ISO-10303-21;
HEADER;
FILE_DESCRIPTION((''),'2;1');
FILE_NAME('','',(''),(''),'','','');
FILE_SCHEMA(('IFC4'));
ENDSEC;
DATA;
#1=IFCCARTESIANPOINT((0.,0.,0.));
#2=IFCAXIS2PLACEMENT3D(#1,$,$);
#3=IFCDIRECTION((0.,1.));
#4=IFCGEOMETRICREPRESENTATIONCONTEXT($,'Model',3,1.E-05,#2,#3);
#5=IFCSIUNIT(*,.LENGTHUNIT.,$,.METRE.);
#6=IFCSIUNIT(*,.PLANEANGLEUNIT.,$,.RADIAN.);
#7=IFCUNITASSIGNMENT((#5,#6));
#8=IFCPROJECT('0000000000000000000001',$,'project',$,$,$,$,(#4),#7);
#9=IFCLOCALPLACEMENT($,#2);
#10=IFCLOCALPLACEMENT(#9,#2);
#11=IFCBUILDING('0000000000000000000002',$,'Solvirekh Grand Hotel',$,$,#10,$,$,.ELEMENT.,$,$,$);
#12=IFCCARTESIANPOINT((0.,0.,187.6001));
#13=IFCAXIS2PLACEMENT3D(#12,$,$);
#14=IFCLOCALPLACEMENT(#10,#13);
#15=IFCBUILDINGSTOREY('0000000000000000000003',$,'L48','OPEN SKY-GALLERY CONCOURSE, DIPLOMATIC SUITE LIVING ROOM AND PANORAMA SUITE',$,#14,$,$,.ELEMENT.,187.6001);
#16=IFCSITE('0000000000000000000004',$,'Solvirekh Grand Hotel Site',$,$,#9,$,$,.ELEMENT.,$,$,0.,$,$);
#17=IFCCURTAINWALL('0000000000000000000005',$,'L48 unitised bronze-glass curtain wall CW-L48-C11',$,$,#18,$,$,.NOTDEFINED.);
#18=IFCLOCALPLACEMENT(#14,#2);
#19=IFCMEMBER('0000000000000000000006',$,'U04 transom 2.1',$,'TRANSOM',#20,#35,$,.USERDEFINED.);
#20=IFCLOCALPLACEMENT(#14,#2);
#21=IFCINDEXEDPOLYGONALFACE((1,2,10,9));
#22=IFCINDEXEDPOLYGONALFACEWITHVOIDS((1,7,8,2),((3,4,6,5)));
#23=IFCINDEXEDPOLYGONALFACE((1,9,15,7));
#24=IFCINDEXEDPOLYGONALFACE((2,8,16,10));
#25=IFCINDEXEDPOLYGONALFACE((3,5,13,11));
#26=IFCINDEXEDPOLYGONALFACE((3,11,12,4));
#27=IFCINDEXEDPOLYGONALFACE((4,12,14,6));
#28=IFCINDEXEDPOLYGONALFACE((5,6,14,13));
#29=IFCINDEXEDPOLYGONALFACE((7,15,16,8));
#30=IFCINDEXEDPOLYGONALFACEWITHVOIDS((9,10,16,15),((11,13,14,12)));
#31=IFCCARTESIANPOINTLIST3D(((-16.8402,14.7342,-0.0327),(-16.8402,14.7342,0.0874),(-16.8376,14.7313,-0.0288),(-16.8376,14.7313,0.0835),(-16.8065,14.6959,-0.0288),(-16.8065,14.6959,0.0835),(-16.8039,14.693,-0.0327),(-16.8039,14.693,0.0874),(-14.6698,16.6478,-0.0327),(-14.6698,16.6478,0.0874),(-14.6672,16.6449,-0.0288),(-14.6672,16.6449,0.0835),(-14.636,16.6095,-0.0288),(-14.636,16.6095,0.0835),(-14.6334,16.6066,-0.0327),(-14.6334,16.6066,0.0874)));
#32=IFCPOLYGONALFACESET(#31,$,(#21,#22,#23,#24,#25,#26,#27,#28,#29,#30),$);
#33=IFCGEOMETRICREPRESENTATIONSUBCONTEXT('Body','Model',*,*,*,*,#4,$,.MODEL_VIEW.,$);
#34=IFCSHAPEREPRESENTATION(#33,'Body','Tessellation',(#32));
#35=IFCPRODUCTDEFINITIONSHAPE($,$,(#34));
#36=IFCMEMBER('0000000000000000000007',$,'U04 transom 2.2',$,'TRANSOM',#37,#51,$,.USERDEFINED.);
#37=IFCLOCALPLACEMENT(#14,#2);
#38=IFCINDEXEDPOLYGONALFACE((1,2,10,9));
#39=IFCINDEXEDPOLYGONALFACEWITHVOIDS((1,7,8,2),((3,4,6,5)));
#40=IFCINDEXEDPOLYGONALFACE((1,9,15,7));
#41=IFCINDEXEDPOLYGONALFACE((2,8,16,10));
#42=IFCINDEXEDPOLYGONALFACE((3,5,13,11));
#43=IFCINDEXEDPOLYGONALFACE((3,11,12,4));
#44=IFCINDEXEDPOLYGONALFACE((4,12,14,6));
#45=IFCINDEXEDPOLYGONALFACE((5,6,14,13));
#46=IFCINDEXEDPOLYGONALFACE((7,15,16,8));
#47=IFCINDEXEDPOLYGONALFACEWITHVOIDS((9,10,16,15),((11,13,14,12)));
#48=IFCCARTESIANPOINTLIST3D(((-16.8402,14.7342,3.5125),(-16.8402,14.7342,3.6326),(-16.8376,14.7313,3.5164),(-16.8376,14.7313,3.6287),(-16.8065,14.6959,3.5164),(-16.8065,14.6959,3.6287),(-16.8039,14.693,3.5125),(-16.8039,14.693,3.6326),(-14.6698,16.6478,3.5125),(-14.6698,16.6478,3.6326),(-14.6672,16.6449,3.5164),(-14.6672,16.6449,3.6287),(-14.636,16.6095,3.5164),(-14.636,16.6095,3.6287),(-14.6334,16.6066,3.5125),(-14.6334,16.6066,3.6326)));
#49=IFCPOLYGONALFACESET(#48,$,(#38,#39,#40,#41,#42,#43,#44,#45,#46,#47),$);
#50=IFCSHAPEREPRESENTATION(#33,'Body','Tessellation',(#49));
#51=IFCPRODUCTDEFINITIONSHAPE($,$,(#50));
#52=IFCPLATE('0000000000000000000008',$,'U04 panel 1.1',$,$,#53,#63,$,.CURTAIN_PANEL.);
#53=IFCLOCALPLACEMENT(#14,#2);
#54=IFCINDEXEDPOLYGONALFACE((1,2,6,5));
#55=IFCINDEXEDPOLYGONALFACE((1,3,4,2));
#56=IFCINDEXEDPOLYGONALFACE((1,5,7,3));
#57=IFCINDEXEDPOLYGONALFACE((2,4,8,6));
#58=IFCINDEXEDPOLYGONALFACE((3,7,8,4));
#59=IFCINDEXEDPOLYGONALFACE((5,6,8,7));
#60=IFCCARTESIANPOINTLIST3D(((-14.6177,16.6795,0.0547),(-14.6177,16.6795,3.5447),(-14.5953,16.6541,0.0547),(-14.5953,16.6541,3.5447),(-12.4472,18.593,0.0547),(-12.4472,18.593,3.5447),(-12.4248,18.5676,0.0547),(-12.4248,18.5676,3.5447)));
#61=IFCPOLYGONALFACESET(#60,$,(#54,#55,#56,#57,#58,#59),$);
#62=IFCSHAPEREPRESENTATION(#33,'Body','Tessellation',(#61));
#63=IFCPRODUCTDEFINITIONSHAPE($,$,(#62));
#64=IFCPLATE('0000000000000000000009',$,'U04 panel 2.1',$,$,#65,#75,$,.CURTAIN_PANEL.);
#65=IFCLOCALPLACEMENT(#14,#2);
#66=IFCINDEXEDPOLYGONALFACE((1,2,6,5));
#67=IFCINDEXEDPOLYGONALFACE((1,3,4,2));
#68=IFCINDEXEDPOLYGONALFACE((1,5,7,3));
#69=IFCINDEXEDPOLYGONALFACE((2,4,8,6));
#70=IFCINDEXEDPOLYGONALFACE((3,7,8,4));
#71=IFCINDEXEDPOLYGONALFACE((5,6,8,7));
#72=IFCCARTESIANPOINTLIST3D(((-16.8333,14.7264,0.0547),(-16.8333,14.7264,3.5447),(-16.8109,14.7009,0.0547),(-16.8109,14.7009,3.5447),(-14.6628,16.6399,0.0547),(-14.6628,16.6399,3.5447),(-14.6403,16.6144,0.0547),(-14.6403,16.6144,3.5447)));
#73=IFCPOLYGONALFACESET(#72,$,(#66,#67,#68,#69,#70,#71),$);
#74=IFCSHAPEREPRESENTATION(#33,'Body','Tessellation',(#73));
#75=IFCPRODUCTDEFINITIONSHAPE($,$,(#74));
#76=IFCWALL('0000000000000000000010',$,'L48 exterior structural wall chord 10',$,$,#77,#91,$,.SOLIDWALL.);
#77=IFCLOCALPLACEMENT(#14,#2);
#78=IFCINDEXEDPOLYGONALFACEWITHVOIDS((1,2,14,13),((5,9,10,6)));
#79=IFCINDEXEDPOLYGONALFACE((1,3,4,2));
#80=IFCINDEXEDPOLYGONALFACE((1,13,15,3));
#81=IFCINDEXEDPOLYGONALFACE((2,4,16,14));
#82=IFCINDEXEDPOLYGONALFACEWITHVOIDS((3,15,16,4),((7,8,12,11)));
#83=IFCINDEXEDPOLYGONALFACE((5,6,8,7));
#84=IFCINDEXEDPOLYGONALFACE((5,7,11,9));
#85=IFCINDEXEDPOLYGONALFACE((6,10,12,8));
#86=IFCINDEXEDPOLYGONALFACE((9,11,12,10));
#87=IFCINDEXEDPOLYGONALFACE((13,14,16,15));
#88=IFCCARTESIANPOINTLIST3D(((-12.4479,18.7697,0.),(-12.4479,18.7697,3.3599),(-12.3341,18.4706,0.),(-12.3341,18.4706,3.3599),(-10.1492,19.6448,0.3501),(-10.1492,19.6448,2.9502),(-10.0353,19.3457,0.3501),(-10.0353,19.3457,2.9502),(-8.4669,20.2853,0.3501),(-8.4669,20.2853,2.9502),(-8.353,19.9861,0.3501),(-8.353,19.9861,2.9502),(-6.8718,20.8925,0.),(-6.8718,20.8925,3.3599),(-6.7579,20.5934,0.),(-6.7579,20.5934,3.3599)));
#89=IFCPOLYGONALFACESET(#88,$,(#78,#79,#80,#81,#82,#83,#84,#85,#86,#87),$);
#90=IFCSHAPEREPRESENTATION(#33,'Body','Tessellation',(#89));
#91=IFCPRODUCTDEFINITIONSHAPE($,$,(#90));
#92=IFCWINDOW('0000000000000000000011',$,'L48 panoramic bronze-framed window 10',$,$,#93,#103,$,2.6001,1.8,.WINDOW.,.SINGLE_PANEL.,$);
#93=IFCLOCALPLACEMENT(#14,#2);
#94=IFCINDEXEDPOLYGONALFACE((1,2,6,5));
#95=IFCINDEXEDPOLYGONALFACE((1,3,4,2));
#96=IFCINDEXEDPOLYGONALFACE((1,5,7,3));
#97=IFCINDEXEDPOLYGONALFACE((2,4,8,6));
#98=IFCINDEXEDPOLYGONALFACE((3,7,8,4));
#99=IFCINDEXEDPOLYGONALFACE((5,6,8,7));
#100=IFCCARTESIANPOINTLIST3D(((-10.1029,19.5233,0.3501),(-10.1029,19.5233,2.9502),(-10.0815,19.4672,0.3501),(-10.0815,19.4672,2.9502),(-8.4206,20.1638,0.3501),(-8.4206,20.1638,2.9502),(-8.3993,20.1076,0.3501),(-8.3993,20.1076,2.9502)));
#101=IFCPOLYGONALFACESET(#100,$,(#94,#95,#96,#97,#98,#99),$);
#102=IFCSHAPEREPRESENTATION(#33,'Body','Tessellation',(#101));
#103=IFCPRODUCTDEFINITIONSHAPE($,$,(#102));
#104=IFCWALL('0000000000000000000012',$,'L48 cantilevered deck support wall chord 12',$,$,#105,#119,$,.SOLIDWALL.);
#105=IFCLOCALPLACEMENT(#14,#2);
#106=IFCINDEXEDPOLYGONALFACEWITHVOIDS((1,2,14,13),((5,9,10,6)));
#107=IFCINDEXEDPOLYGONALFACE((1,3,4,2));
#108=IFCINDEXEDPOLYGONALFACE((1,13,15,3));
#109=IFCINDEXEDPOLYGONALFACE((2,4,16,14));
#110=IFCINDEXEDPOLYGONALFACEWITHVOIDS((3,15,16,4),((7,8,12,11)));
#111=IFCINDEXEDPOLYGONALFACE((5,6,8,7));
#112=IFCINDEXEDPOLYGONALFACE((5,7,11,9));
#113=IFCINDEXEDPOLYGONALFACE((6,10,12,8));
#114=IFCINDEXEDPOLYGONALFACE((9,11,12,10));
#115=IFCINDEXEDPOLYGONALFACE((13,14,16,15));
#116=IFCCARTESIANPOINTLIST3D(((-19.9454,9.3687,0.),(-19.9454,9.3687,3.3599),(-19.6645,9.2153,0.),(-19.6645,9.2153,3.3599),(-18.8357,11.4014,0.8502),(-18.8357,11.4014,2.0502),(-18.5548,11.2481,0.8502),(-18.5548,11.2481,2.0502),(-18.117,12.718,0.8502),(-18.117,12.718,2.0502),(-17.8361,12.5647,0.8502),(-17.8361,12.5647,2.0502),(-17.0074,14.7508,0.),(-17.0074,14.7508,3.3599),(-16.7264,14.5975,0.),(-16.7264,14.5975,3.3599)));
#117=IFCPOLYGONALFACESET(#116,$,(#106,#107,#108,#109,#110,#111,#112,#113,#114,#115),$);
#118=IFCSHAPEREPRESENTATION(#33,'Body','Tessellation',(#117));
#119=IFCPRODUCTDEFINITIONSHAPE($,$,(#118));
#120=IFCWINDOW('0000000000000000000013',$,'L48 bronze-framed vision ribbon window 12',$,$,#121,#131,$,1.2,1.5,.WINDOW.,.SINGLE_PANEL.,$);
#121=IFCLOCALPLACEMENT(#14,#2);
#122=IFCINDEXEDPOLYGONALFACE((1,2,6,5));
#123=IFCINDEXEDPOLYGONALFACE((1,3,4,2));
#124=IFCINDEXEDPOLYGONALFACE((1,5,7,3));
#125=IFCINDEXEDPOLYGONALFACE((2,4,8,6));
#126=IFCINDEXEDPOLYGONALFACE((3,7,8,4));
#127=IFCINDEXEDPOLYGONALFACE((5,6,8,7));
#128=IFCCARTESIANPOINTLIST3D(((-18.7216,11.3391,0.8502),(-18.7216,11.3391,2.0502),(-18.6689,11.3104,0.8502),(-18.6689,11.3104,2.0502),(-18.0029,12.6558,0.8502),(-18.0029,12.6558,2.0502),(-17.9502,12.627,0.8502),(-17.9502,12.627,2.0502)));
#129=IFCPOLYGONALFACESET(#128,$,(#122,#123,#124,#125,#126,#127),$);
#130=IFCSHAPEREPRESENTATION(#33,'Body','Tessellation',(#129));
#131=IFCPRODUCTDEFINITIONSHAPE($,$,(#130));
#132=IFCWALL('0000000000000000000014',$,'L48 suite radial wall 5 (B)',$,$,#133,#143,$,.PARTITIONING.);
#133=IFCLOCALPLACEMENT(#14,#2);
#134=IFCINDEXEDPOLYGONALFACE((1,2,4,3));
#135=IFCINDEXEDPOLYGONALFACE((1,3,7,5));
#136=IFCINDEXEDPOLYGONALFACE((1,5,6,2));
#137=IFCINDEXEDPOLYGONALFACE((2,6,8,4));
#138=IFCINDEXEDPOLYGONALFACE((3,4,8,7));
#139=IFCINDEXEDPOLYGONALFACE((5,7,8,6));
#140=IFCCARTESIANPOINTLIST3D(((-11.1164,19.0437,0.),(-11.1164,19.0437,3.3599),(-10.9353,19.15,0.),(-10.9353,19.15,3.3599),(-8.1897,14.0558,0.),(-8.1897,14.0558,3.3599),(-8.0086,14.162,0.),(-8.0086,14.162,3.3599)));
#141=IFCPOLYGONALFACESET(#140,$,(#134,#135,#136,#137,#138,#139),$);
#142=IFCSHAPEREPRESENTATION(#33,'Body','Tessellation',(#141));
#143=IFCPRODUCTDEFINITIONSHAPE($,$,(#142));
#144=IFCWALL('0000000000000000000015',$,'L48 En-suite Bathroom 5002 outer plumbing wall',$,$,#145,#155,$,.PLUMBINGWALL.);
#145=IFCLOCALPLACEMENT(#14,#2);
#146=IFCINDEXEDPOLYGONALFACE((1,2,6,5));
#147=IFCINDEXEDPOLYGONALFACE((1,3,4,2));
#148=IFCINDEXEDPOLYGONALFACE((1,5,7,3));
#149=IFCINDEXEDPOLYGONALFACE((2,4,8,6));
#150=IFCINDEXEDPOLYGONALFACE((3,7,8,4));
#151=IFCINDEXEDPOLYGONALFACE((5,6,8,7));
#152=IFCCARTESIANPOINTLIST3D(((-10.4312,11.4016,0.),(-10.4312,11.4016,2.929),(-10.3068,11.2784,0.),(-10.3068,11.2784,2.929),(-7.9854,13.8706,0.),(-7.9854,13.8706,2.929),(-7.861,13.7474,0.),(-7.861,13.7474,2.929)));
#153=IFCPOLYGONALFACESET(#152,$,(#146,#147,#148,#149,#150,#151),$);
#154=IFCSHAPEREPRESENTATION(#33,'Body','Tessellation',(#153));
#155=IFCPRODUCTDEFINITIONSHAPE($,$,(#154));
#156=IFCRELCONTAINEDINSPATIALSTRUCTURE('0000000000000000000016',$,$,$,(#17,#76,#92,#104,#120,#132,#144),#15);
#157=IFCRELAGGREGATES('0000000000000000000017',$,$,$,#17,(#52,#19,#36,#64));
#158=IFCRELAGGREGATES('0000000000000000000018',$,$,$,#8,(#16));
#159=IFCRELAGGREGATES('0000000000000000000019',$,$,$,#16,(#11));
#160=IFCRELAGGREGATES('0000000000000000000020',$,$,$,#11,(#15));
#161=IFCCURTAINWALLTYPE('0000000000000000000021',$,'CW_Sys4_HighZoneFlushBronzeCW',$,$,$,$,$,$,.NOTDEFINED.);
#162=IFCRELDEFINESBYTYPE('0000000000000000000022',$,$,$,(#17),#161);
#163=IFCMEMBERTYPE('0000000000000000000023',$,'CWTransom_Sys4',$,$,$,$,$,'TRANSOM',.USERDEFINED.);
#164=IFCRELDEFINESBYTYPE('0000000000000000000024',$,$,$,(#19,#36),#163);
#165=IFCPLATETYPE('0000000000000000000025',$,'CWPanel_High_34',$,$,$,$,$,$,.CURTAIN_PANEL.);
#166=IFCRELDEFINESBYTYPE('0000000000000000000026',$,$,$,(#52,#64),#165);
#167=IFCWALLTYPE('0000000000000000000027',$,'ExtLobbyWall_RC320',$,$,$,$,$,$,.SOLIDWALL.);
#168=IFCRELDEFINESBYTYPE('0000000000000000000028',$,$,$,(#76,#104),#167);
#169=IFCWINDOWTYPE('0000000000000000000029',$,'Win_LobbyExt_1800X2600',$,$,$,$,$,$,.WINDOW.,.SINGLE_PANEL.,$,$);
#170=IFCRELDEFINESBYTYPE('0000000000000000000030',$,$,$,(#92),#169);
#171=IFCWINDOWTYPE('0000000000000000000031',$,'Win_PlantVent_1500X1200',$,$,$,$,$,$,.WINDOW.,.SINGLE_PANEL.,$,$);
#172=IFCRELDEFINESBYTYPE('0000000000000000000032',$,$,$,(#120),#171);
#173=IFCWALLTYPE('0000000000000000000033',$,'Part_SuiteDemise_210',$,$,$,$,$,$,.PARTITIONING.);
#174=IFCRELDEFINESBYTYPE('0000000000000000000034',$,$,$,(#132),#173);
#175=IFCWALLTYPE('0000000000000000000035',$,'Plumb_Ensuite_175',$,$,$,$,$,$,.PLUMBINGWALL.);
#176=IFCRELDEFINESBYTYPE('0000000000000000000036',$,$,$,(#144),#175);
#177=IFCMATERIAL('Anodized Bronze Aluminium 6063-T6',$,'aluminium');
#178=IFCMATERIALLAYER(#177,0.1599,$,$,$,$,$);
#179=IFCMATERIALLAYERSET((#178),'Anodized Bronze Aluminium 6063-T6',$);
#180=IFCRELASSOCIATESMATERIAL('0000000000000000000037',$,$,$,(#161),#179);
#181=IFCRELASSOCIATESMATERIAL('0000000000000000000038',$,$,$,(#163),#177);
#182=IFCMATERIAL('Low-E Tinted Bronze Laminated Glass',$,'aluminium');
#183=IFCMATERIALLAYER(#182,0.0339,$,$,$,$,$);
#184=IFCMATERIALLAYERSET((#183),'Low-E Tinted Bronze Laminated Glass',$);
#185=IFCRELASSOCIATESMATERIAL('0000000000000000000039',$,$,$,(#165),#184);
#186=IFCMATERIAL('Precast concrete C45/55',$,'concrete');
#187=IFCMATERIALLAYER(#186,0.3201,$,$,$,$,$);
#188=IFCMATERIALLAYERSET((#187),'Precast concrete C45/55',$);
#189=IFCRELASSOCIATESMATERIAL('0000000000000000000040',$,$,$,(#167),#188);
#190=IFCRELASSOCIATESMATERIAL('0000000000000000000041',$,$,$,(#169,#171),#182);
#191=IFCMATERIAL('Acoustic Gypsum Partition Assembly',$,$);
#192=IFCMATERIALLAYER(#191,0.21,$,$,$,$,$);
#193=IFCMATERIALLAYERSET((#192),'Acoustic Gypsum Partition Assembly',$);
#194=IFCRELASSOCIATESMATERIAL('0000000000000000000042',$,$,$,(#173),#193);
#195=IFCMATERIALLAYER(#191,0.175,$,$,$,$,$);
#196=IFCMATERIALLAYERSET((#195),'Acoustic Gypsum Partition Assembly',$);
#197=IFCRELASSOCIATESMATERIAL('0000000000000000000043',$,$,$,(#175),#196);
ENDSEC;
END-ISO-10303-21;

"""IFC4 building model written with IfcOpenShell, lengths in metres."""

from ifc_helpers import new_model, si_unit, direction, frame, frame_2d, origin, origin_2d, place, context, subcontext, project, spatial, rectangle, hollow_rectangle, extrude, source, transform, mapped, material, layer, layer_set, material_profile, profile_set, type_object, element, fill, aggregate, save


model = new_model("IFC4")

# Units and contexts
model_context = context("Model", 3, precision=1e-05, world=origin(), true_north=direction((0.0, 1.0)))
body_context = subcontext(model_context, "Body", "Model", "MODEL_VIEW")
ifc_project = project(units=[si_unit("LENGTHUNIT", "METRE"), si_unit("PLANEANGLEUNIT", "RADIAN")], contexts=[model_context])

# Site, building, storey
site_placement = place(None, origin())
site = spatial("IfcSite", under=ifc_project, at=site_placement, Name="Solvirekh Grand Hotel Site", CompositionType="ELEMENT", RefElevation=0.0)
building_placement = place(site_placement, origin())
building = spatial("IfcBuilding", under=site, at=building_placement, Name="Solvirekh Grand Hotel", CompositionType="ELEMENT")
storey_placement = place(building_placement, frame((0.0, 0.0, 187.6001)))
storey = spatial("IfcBuildingStorey", under=building, at=storey_placement, Name="L48", Description="OPEN SKY-GALLERY CONCOURSE, DIPLOMATIC SUITE LIVING ROOM AND PANORAMA SUITE", CompositionType="ELEMENT", Elevation=187.6001)

# Curtain wall, members, plates
ifc_material_1 = material(Name="Anodized Bronze Aluminium 6063-T6", Category="aluminium")
ifc_layer_1 = layer(ifc_material_1, 0.1599)
ifc_layer_set_1 = layer_set([ifc_layer_1], Name="Anodized Bronze Aluminium 6063-T6")
curtain_wall_type = type_object("IfcCurtainWallType", Name="CW_Sys4_HighZoneFlushBronzeCW", PredefinedType="NOTDEFINED", material=ifc_layer_set_1)
curtain_wall_placement = place(storey_placement, origin())
curtain_wall = element("IfcCurtainWall", 1, at=curtain_wall_placement, inside=storey, type_object=curtain_wall_type, Name="L48 unitised bronze-glass curtain wall CW-L48-C11", PredefinedType="NOTDEFINED")
ifc_material_profile_1 = material_profile(ifc_material_1, hollow_rectangle(XDim=0.0549, YDim=0.1201, WallThickness=0.0039, at=origin_2d()), Name="ALU RHS 120X55X4")
ifc_profile_set_1 = profile_set([ifc_material_profile_1], Name="Anodized Bronze Aluminium 6063-T6")
member_type_1 = type_object("IfcMemberType", Name="CWTransom_Sys4", ElementType="TRANSOM", PredefinedType="USERDEFINED", material=ifc_profile_set_1)
shared_shape_1 = source(origin(), body_context, "Body", "SweptSolid", [
    extrude(hollow_rectangle(XDim=0.0549, YDim=0.1201, WallThickness=0.0039, at=origin_2d()), origin(), (0.0, 0.0, 1.0), 2.8936),
])
member_1_placement = place(storey_placement, frame((-14.6516, 16.6272, 0.0273), z_axis=(-0.750094, -0.661331, 0.0), x_axis=(0.661331, -0.750094, 0.0)))
member_1 = element("IfcMember", 2, at=member_1_placement, type_object=member_type_1, Name="U04 transom 2.1", ObjectType="TRANSOM", PredefinedType="USERDEFINED", context=body_context, shape_type="MappedRepresentation", body=[
    mapped(shared_shape_1, transform((0.0, 0.0, 0.0), x_axis=(1.0, 0.0, 0.0), y_axis=(0.0, 1.0, 0.0), z_axis=(0.0, 0.0, 1.0), scale=1.0)),
])
member_2_placement = place(storey_placement, frame((-14.6516, 16.6272, 3.5725), z_axis=(-0.750094, -0.661331, 0.0), x_axis=(0.661331, -0.750094, 0.0)))
member_2 = element("IfcMember", 3, at=member_2_placement, type_object=member_type_1, Name="U04 transom 2.2", ObjectType="TRANSOM", PredefinedType="USERDEFINED", context=body_context, shape_type="MappedRepresentation", body=[
    mapped(shared_shape_1, transform((0.0, 0.0, 0.0), x_axis=(1.0, 0.0, 0.0), y_axis=(0.0, 1.0, 0.0), z_axis=(0.0, 0.0, 1.0), scale=1.0)),
])
ifc_material_2 = material(Name="Low-E Tinted Bronze Laminated Glass", Category="aluminium")
ifc_layer_2 = layer(ifc_material_2, 0.0339)
ifc_layer_set_2 = layer_set([ifc_layer_2], Name="Low-E Tinted Bronze Laminated Glass")
plate_type = type_object("IfcPlateType", Name="CWPanel_High_34", PredefinedType="CURTAIN_PANEL", material=ifc_layer_set_2)
shared_shape_2 = source(origin(), body_context, "Body", "SweptSolid", [
    extrude(rectangle(XDim=2.8936, YDim=0.0339, at=origin_2d()), origin(), (0.0, 0.0, 1.0), 3.49),
])
plate_1_placement = place(storey_placement, frame((-13.5212, 17.6235, 0.0547), z_axis=(0.0, 0.0, 1.0), x_axis=(-0.750121, -0.6613, 0.0)))
plate_1 = element("IfcPlate", 4, at=plate_1_placement, type_object=plate_type, Name="U04 panel 1.1", PredefinedType="CURTAIN_PANEL", context=body_context, shape_type="MappedRepresentation", body=[
    mapped(shared_shape_2, transform((0.0, 0.0, 0.0), x_axis=(1.0, 0.0, 0.0), y_axis=(0.0, 1.0, 0.0), z_axis=(0.0, 0.0, 1.0), scale=1.0)),
])
plate_2_placement = place(storey_placement, frame((-15.7368, 15.6704, 0.0547), z_axis=(0.0, 0.0, 1.0), x_axis=(-0.750121, -0.6613, 0.0)))
plate_2 = element("IfcPlate", 5, at=plate_2_placement, type_object=plate_type, Name="U04 panel 2.1", PredefinedType="CURTAIN_PANEL", context=body_context, shape_type="MappedRepresentation", body=[
    mapped(shared_shape_2, transform((0.0, 0.0, 0.0), x_axis=(1.0, 0.0, 0.0), y_axis=(0.0, 1.0, 0.0), z_axis=(0.0, 0.0, 1.0), scale=1.0)),
])
aggregate(curtain_wall, [plate_1, member_1, member_2, plate_2])

# Walls, openings, windows
ifc_material_3 = material(Name="Precast concrete C45/55", Category="concrete")
ifc_layer_3 = layer(ifc_material_3, 0.3201)
ifc_layer_set_3 = layer_set([ifc_layer_3], Name="Precast concrete C45/55")
wall_type_1 = type_object("IfcWallType", Name="ExtLobbyWall_RC320", PredefinedType="SOLIDWALL", material=ifc_layer_set_3)
wall_1_placement = place(storey_placement, frame((-12.3911, 18.6201, 0.0), z_axis=(0.0, 0.0, 1.0), x_axis=(0.934569, 0.355783, 0.0)))
wall_1 = element("IfcWall", 6, at=wall_1_placement, inside=storey, type_object=wall_type_1, Name="L48 exterior structural wall chord 10", PredefinedType="SOLIDWALL", context=body_context, shape_type="SweptSolid", body=[
    extrude(rectangle(XDim=5.9666, YDim=0.3201, at=frame_2d((2.9834, 0.0))), origin(), (0.0, 0.0, 1.0), 3.3599),
])
opening_1_placement = place(wall_1_placement, frame((2.46, 0.0, 0.3501)))
opening_1 = element("IfcOpeningElement", 7, at=opening_1_placement, cuts=wall_1, PredefinedType="OPENING", context=body_context, shape_type="SweptSolid", body=[
    extrude(rectangle(XDim=1.8, YDim=2.6001, at=frame_2d((0.8999, 1.3))), frame((0.0, 0.1699, 0.0), z_axis=(0.0, -1.0, 0.0), x_axis=(1.0, 0.0, 0.0)), (0.0, 0.0, 1.0), 0.3401),
])
window_type_1 = type_object("IfcWindowType", Name="Win_LobbyExt_1800X2600", PartitioningType="SINGLE_PANEL", PredefinedType="WINDOW", material=ifc_material_2)
window_1_placement = place(opening_1_placement, origin())
window_1 = element("IfcWindow", 8, at=window_1_placement, inside=storey, type_object=window_type_1, Name="L48 panoramic bronze-framed window 10", OverallHeight=2.6001, OverallWidth=1.8, PartitioningType="SINGLE_PANEL", PredefinedType="WINDOW", context=body_context, shape_type="SweptSolid", body=[
    extrude(rectangle(XDim=1.8, YDim=2.6001, at=frame_2d((0.8999, 1.3))), frame((0.0, 0.03, 0.0), z_axis=(0.0, -1.0, 0.0), x_axis=(1.0, 0.0, 0.0)), (0.0, 0.0, 1.0), 0.0601),
])
fill(opening_1, window_1)
wall_2_placement = place(storey_placement, frame((-19.8049, 9.292, 0.0), z_axis=(0.0, 0.0, 1.0), x_axis=(0.479142, 0.877737, 0.0)))
wall_2 = element("IfcWall", 9, at=wall_2_placement, inside=storey, type_object=wall_type_1, Name="L48 cantilevered deck support wall chord 12", PredefinedType="SOLIDWALL", context=body_context, shape_type="SweptSolid", body=[
    extrude(rectangle(XDim=6.1318, YDim=0.3201, at=frame_2d((3.0659, 0.0))), origin(), (0.0, 0.0, 1.0), 3.3599),
])
opening_2_placement = place(wall_2_placement, frame((2.3159, 0.0, 0.8501)))
opening_2 = element("IfcOpeningElement", 10, at=opening_2_placement, cuts=wall_2, PredefinedType="OPENING", context=body_context, shape_type="SweptSolid", body=[
    extrude(rectangle(XDim=1.5, YDim=1.2, at=frame_2d((0.75, 0.6001))), frame((0.0, 0.1699, 0.0), z_axis=(0.0, -1.0, 0.0), x_axis=(1.0, 0.0, 0.0)), (0.0, 0.0, 1.0), 0.3401),
])
window_type_2 = type_object("IfcWindowType", Name="Win_PlantVent_1500X1200", PartitioningType="SINGLE_PANEL", PredefinedType="WINDOW", material=ifc_material_2)
window_2_placement = place(opening_2_placement, origin())
window_2 = element("IfcWindow", 11, at=window_2_placement, inside=storey, type_object=window_type_2, Name="L48 bronze-framed vision ribbon window 12", OverallHeight=1.2, OverallWidth=1.5, PartitioningType="SINGLE_PANEL", PredefinedType="WINDOW", context=body_context, shape_type="SweptSolid", body=[
    extrude(rectangle(XDim=1.5, YDim=1.2, at=frame_2d((0.75, 0.6001))), frame((0.0, 0.03, 0.0), z_axis=(0.0, -1.0, 0.0), x_axis=(1.0, 0.0, 0.0)), (0.0, 0.0, 1.0), 0.0601),
])
fill(opening_2, window_2)

# Walls
ifc_material_4 = material(Name="Acoustic Gypsum Partition Assembly")
ifc_layer_4 = layer(ifc_material_4, 0.21)
ifc_layer_set_4 = layer_set([ifc_layer_4], Name="Acoustic Gypsum Partition Assembly")
wall_type_2 = type_object("IfcWallType", Name="Part_SuiteDemise_210", PredefinedType="PARTITIONING", material=ifc_layer_set_4)
wall_3_placement = place(storey_placement, frame((-8.0991, 14.1089, 0.0), z_axis=(0.0, 0.0, 1.0), x_axis=(-0.506072, 0.862491, 0.0)))
element("IfcWall", 12, at=wall_3_placement, inside=storey, type_object=wall_type_2, Name="L48 suite radial wall 5 (B)", PredefinedType="PARTITIONING", context=body_context, shape_type="SweptSolid", body=[
    extrude(rectangle(XDim=5.7832, YDim=0.21, at=frame_2d((2.8916, 0.0))), origin(), (0.0, 0.0, 1.0), 3.3599),
])
ifc_layer_5 = layer(ifc_material_4, 0.175)
ifc_layer_set_5 = layer_set([ifc_layer_5], Name="Acoustic Gypsum Partition Assembly")
wall_type_3 = type_object("IfcWallType", Name="Plumb_Ensuite_175", PredefinedType="PLUMBINGWALL", material=ifc_layer_set_5)
wall_4_placement = place(storey_placement, frame((-7.9231, 13.8091, 0.0), z_axis=(0.0, 0.0, 1.0), x_axis=(-0.703762, -0.710436, 0.0)))
element("IfcWall", 13, at=wall_4_placement, inside=storey, type_object=wall_type_3, Name="L48 En-suite Bathroom 5002 outer plumbing wall", PredefinedType="PLUMBINGWALL", context=body_context, shape_type="SweptSolid", body=[
    extrude(rectangle(XDim=3.4753, YDim=0.175, at=frame_2d((1.7378, 0.0))), origin(), (0.0, 0.0, 1.0), 2.929),
])

save(model, "model.ifc")
